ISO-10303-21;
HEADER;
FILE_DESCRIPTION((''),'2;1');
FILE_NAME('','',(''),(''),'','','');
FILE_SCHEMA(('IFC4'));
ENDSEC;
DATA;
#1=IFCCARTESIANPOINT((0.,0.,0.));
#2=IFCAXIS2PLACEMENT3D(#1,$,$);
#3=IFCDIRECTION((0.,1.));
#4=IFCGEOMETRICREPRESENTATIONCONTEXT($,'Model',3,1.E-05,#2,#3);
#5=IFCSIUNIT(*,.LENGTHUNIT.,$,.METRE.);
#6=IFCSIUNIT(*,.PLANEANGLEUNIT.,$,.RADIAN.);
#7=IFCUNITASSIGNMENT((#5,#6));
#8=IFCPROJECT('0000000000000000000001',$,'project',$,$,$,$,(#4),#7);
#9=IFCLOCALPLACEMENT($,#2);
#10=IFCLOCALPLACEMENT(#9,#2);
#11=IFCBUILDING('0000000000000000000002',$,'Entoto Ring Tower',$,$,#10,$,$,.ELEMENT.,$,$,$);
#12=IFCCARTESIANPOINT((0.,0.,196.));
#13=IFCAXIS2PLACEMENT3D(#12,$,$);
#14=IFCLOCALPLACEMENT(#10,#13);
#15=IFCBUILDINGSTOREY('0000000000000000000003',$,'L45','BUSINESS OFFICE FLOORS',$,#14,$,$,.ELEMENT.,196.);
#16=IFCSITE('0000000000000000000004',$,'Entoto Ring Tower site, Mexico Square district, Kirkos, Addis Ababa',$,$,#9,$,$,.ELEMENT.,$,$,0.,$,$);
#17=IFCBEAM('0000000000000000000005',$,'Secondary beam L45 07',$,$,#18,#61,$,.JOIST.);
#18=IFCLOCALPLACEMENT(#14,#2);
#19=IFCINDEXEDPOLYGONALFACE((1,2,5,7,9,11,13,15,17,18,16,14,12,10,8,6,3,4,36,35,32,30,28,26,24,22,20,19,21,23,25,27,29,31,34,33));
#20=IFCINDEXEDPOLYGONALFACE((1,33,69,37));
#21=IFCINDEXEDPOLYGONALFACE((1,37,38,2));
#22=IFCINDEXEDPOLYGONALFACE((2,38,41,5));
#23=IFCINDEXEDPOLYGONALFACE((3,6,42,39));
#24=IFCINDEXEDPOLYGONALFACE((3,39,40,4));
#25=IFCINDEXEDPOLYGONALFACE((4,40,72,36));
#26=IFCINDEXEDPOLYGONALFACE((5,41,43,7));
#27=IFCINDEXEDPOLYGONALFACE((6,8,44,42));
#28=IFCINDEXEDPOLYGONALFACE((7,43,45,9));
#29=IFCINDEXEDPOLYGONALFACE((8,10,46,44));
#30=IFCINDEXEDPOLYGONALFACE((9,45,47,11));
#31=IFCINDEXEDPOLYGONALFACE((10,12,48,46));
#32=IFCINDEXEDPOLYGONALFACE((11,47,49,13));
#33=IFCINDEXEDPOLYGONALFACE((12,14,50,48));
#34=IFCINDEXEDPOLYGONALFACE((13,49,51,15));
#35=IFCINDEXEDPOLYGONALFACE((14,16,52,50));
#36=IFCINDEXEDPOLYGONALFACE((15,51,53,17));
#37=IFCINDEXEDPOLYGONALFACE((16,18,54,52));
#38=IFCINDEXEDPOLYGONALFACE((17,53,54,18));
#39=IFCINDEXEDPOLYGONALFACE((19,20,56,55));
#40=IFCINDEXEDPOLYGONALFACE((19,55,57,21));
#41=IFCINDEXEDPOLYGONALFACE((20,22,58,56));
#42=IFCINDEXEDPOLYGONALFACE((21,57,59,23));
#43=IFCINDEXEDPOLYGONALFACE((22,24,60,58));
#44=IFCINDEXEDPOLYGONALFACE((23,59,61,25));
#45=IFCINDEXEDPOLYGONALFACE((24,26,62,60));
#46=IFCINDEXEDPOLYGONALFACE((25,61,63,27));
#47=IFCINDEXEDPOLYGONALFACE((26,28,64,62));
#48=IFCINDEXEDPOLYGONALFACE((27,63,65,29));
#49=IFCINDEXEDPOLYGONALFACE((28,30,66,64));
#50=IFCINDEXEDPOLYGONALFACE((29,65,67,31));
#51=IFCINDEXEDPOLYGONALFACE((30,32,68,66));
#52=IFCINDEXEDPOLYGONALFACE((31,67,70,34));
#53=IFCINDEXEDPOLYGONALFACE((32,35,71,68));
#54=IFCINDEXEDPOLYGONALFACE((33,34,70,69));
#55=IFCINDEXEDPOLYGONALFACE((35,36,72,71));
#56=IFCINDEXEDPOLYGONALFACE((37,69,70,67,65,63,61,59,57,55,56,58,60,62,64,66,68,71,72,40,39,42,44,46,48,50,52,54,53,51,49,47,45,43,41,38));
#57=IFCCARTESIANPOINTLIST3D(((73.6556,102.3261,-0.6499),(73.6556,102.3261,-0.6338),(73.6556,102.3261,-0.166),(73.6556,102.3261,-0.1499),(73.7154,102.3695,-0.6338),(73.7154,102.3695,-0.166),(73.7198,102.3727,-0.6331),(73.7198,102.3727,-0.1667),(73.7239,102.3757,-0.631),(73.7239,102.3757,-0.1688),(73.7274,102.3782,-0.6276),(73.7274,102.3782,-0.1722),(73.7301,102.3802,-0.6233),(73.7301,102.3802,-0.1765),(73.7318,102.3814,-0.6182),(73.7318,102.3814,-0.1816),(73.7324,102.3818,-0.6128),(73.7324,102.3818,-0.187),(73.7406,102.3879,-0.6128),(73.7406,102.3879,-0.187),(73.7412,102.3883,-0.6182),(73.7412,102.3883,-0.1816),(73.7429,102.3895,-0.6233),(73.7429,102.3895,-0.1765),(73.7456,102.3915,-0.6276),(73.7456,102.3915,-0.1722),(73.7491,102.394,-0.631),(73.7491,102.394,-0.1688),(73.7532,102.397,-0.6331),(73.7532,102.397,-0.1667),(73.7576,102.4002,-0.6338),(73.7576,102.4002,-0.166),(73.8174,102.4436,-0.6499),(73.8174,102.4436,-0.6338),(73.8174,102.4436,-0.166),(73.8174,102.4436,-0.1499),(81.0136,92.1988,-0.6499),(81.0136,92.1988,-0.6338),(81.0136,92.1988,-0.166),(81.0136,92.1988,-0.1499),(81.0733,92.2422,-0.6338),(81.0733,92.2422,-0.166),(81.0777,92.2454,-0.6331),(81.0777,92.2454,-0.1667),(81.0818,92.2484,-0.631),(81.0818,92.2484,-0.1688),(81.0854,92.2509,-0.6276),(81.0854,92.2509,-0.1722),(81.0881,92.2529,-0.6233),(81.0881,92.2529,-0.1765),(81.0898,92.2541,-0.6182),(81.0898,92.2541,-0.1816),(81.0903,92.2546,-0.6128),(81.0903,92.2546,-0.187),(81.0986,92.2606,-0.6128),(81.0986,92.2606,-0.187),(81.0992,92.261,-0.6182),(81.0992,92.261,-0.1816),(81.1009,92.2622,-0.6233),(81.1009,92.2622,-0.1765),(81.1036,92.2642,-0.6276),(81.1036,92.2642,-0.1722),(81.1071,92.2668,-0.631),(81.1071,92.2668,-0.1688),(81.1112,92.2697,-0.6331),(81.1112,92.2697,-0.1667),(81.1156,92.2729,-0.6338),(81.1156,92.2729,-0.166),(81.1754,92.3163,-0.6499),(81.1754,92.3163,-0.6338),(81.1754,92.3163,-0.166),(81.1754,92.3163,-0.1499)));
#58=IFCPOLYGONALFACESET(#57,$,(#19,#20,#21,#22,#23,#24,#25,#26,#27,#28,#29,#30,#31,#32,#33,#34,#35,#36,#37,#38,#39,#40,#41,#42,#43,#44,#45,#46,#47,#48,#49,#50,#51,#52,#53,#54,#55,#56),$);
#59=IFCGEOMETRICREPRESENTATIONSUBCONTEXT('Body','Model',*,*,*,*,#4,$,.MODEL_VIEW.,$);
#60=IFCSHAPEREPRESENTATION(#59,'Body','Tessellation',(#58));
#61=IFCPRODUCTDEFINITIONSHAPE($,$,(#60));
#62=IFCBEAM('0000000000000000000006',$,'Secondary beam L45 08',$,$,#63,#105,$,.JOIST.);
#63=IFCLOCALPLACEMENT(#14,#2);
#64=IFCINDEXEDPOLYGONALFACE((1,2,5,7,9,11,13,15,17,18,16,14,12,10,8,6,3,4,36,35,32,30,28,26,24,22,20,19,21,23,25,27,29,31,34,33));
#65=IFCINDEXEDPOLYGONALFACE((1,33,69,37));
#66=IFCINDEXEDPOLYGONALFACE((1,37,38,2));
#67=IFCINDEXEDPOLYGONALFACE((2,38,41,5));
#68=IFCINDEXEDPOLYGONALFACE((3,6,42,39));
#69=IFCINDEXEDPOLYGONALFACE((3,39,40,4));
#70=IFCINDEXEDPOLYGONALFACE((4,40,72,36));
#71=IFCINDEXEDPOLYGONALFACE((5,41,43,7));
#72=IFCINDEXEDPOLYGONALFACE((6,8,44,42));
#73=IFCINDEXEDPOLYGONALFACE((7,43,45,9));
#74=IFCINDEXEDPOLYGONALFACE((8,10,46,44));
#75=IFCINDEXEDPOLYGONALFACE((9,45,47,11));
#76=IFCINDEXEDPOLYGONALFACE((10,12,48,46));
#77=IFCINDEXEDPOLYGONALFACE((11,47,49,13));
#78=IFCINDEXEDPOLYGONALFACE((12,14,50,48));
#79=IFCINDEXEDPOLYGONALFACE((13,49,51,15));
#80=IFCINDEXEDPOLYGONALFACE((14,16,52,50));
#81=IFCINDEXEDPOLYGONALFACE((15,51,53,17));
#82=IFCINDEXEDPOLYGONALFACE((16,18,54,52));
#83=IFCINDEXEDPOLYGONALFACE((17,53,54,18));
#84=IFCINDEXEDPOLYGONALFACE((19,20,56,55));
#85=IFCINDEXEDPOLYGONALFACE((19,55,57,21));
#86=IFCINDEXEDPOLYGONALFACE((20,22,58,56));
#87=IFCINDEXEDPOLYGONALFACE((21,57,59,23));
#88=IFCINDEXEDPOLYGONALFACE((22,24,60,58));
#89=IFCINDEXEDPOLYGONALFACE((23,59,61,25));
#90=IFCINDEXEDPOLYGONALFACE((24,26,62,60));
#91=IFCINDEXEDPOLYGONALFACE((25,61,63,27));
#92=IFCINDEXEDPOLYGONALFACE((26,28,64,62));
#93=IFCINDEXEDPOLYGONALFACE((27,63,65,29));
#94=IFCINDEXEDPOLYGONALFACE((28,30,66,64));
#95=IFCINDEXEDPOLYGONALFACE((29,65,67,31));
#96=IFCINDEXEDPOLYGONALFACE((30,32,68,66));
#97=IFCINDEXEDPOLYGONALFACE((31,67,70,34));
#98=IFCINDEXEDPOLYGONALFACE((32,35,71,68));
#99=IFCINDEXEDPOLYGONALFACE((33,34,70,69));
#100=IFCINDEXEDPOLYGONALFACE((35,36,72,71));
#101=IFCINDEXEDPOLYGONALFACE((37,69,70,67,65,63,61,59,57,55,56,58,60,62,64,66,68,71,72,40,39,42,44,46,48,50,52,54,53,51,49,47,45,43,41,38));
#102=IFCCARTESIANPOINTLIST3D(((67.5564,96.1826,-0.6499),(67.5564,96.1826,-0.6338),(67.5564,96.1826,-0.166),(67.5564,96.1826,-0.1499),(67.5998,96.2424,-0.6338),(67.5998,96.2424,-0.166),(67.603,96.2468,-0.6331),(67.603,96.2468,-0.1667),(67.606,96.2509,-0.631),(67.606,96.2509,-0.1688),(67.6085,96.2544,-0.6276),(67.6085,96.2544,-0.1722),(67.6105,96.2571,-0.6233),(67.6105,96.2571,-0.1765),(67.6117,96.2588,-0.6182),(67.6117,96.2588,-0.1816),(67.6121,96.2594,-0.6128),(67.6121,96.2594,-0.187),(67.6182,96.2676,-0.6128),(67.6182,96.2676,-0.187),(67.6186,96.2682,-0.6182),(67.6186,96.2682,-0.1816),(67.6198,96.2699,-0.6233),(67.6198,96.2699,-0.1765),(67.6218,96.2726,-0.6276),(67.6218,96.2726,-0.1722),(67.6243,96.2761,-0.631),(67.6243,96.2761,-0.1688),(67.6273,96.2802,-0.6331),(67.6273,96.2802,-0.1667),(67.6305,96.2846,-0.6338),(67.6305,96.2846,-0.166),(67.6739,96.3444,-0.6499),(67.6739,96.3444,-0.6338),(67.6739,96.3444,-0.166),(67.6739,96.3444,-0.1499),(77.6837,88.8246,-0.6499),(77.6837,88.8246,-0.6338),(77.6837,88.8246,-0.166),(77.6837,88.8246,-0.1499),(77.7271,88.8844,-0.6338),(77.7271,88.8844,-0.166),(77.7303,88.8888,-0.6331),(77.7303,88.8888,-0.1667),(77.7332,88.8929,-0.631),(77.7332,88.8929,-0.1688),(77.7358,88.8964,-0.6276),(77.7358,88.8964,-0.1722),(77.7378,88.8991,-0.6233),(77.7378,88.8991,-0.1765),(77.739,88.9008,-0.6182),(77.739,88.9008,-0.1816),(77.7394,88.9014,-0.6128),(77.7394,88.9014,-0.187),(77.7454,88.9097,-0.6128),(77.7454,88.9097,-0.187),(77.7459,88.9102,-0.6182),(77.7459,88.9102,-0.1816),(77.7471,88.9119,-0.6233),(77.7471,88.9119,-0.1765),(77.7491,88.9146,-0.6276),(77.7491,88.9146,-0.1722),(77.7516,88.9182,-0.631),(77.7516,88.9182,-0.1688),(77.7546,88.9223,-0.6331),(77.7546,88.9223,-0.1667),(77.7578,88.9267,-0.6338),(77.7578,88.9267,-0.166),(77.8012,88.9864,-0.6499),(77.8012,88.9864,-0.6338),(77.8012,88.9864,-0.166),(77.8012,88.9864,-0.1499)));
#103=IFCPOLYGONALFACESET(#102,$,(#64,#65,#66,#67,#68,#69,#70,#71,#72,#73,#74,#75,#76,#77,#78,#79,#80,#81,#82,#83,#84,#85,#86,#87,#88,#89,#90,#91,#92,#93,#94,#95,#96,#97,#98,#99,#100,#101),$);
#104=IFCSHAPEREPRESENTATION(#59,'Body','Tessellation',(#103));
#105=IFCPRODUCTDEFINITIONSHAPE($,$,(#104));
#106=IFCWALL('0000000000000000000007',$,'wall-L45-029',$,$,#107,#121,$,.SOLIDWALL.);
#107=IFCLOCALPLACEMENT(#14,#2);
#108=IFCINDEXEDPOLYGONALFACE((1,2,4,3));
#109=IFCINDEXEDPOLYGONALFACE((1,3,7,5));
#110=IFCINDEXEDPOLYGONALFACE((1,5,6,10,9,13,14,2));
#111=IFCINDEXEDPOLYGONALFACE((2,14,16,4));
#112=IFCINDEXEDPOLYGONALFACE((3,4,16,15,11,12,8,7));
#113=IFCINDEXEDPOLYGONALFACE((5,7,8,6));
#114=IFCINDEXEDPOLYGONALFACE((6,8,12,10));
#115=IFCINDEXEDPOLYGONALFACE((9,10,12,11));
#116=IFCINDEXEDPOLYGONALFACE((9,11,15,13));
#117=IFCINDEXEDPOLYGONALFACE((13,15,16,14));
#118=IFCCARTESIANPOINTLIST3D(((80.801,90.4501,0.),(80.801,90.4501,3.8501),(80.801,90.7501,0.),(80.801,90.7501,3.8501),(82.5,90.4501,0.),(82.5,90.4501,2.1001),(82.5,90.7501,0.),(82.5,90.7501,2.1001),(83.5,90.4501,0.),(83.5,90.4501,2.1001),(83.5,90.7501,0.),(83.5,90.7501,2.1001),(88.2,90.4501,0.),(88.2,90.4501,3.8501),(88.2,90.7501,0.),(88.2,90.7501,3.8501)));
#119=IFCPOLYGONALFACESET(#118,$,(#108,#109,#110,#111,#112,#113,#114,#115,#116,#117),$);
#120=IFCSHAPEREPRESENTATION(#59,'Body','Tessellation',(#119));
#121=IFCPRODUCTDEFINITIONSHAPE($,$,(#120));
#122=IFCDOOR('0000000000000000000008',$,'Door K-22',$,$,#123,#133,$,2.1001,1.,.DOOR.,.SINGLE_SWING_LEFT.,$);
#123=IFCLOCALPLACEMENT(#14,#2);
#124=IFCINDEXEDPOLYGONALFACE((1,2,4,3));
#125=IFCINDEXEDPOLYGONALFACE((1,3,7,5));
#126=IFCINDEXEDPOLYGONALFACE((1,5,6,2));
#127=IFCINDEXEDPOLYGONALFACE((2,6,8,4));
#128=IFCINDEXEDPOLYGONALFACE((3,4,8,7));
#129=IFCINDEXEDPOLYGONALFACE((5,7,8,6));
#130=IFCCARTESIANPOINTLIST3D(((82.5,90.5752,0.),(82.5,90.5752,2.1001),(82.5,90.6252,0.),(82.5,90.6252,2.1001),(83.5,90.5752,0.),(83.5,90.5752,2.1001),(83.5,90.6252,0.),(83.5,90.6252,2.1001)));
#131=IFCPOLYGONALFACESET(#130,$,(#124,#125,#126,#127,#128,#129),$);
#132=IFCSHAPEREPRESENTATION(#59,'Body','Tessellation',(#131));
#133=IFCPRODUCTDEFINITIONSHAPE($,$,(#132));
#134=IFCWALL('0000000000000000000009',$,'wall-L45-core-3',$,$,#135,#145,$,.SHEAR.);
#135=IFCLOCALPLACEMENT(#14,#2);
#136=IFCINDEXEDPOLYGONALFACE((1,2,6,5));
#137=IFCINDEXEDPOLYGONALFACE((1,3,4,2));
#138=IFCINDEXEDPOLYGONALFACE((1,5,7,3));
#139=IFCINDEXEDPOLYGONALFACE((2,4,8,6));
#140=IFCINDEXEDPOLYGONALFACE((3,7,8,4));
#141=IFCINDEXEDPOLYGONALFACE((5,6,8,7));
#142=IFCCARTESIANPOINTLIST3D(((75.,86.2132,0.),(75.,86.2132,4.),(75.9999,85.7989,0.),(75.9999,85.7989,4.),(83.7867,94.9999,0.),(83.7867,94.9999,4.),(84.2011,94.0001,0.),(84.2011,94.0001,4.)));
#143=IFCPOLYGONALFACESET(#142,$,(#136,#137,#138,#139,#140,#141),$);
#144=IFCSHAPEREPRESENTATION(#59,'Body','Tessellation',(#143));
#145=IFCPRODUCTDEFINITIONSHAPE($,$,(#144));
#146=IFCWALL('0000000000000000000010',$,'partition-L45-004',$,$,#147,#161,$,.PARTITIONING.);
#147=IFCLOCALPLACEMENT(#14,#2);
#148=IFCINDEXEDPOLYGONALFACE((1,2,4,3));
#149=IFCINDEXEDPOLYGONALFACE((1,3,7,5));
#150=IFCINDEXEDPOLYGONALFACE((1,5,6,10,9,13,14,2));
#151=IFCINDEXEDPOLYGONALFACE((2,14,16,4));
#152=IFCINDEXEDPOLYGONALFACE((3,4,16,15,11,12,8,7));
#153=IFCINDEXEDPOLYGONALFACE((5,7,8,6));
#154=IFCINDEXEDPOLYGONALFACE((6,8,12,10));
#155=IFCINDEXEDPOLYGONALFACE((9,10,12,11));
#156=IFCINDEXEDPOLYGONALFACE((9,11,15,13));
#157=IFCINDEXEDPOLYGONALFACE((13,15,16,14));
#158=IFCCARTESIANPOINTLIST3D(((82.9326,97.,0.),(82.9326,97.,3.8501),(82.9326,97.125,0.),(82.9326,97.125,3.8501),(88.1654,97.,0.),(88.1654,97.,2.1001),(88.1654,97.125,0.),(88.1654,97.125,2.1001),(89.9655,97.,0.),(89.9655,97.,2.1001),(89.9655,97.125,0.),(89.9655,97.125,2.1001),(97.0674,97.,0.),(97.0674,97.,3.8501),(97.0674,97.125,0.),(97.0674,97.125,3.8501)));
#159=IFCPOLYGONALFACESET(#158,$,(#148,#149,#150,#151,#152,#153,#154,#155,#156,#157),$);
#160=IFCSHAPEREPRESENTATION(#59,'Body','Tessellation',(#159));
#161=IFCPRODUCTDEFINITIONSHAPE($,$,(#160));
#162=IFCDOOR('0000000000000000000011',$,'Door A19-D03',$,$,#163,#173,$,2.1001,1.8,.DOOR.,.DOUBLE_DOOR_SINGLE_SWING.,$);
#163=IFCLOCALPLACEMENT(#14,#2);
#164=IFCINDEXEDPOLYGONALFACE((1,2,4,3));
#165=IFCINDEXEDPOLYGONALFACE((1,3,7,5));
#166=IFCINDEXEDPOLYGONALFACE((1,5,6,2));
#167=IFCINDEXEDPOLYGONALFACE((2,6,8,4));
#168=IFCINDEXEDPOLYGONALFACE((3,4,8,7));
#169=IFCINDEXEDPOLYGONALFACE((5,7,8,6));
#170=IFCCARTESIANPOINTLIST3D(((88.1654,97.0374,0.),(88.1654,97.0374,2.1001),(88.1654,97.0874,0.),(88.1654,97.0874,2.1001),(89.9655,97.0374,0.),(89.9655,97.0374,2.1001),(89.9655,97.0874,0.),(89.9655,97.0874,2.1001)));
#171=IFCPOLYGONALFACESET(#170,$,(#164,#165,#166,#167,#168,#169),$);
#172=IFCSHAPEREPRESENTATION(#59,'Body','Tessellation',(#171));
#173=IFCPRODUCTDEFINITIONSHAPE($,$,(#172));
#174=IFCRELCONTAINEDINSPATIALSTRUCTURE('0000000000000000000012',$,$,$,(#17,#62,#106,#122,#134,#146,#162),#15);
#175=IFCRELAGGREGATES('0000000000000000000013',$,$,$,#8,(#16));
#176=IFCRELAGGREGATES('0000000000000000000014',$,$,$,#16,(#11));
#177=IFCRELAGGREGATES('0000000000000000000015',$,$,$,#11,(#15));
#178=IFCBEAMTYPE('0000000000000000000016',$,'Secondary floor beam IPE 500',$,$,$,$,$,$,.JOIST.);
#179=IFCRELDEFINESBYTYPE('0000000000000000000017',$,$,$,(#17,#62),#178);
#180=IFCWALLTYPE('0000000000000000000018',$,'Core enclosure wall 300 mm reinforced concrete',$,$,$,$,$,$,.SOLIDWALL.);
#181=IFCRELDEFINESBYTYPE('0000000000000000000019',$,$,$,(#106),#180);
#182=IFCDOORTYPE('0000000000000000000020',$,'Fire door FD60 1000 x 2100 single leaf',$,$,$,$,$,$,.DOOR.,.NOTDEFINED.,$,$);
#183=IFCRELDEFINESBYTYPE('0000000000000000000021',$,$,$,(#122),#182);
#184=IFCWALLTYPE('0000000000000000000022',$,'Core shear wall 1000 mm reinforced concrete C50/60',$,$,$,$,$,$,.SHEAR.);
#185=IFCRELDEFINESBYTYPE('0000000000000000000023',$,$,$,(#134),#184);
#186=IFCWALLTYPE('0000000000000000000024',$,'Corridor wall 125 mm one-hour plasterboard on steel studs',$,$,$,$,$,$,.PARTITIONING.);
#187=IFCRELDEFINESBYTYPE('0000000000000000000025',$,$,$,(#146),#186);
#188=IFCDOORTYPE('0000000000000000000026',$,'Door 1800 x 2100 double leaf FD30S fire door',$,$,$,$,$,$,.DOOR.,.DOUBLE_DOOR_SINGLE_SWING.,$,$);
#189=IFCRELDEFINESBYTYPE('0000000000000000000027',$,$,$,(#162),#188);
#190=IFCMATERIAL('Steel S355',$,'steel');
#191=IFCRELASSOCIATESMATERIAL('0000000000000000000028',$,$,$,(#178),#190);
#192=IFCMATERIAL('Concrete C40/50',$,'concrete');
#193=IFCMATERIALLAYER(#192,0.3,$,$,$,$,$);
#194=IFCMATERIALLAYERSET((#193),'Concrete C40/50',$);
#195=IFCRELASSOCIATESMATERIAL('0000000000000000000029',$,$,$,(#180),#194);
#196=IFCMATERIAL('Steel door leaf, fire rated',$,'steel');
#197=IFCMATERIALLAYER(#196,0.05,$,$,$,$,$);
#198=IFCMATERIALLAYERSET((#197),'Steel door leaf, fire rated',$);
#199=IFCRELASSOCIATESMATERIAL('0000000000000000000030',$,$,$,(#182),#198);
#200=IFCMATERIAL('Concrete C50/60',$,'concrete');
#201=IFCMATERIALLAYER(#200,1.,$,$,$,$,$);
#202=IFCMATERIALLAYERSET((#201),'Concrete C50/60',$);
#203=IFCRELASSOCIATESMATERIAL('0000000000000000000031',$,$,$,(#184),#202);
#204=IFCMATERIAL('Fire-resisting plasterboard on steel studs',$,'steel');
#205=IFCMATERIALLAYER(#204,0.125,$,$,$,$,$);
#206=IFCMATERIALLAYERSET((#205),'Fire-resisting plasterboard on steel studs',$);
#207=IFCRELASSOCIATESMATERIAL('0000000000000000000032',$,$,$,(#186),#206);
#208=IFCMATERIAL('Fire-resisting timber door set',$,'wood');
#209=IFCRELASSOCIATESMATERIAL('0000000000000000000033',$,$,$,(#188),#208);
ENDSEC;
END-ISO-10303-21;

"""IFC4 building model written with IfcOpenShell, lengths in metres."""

from ifc_helpers import new_model, si_unit, direction, frame, frame_2d, origin, origin_2d, place, context, subcontext, project, spatial, polyline, rectangle, i_section, outline, extrude, material, layer, layer_set, material_profile, profile_set, type_object, element, fill, save


model = new_model("IFC4")

# Units and contexts
model_context = context("Model", 3, precision=1e-05, world=origin(), true_north=direction((0.0, 1.0)))
body_context = subcontext(model_context, "Body", "Model", "MODEL_VIEW")
ifc_project = project(units=[si_unit("LENGTHUNIT", "METRE"), si_unit("PLANEANGLEUNIT", "RADIAN")], contexts=[model_context])

# Site, building, storey
site_placement = place(None, origin())
site = spatial("IfcSite", under=ifc_project, at=site_placement, Name="Entoto Ring Tower site, Mexico Square district, Kirkos, Addis Ababa", CompositionType="ELEMENT", RefElevation=0.0)
building_placement = place(site_placement, origin())
building = spatial("IfcBuilding", under=site, at=building_placement, Name="Entoto Ring Tower", CompositionType="ELEMENT")
storey_placement = place(building_placement, frame((0.0, 0.0, 196.0)))
storey = spatial("IfcBuildingStorey", under=building, at=storey_placement, Name="L45", Description="BUSINESS OFFICE FLOORS", CompositionType="ELEMENT", Elevation=196.0)

# Beams
ifc_material_1 = material(Name="Steel S355", Category="steel")
ifc_material_profile_1 = material_profile(ifc_material_1, i_section(OverallWidth=0.2, OverallDepth=0.5, WebThickness=0.0103, FlangeThickness=0.0161, FilletRadius=0.021, at=origin_2d()), Name="IPE 500")
ifc_profile_set_1 = profile_set([ifc_material_profile_1], Name="Steel S355")
beam_type_1 = type_object("IfcBeamType", Name="Secondary floor beam IPE 500", PredefinedType="JOIST", material=ifc_profile_set_1)
for number, where, z_axis, x_axis, name in (
    (1, (81.0945, 92.2576, -0.3999), (-0.587789, 0.809014, 0.0), (-0.809014, -0.587789, 0.0), "Secondary beam L45 07"),
    (2, (77.7424, 88.9055, -0.3999), (-0.809014, 0.587789, 0.0), (-0.587789, -0.809014, 0.0), "Secondary beam L45 08"),
):
    element("IfcBeam", number, at=place(storey_placement, frame(where, z_axis=z_axis, x_axis=x_axis)), inside=storey, type_object=beam_type_1, Name=name, PredefinedType="JOIST", context=body_context, shape_type="SweptSolid", body=[
        extrude(i_section(OverallWidth=0.2, OverallDepth=0.5, WebThickness=0.0103, FlangeThickness=0.0161, FilletRadius=0.021, at=origin_2d()), origin(), (0.0, 0.0, 1.0), 12.5181),
    ])

# Wall, opening, door
ifc_material_2 = material(Name="Concrete C40/50", Category="concrete")
ifc_layer_1 = layer(ifc_material_2, 0.3)
ifc_layer_set_1 = layer_set([ifc_layer_1], Name="Concrete C40/50")
wall_type_1 = type_object("IfcWallType", Name="Core enclosure wall 300 mm reinforced concrete", PredefinedType="SOLIDWALL", material=ifc_layer_set_1)
wall_1_placement = place(storey_placement, frame((80.801, 90.6001, 0.0), z_axis=(0.0, 0.0, 1.0), x_axis=(1.0, 0.0, 0.0)))
wall_1 = element("IfcWall", 3, at=wall_1_placement, inside=storey, type_object=wall_type_1, Name="wall-L45-029", PredefinedType="SOLIDWALL", context=body_context, shape_type="SweptSolid", body=[
    extrude(rectangle(XDim=7.3989, YDim=0.3, at=frame_2d((3.6995, 0.0))), origin(), (0.0, 0.0, 1.0), 3.8501),
])
opening_1_placement = place(wall_1_placement, frame((1.699, 0.0, 0.0)))
opening_1 = element("IfcOpeningElement", 4, at=opening_1_placement, cuts=wall_1, PredefinedType="OPENING", context=body_context, shape_type="SweptSolid", body=[
    extrude(rectangle(XDim=1.0, YDim=2.1001, at=frame_2d((0.5, 1.05))), frame((0.0, 0.1602, 0.0), z_axis=(0.0, -1.0, 0.0), x_axis=(1.0, 0.0, 0.0)), (0.0, 0.0, 1.0), 0.3201),
])
ifc_material_3 = material(Name="Steel door leaf, fire rated", Category="steel")
ifc_layer_2 = layer(ifc_material_3, 0.05)
ifc_layer_set_2 = layer_set([ifc_layer_2], Name="Steel door leaf, fire rated")
door_type_1 = type_object("IfcDoorType", Name="Fire door FD60 1000 x 2100 single leaf", OperationType="NOTDEFINED", PredefinedType="DOOR", material=ifc_layer_set_2)
door_1_placement = place(opening_1_placement, frame((1.0, 0.0, 0.0), z_axis=(0.0, 0.0, 1.0), x_axis=(-1.0, 0.0, 0.0)))
door_1 = element("IfcDoor", 5, at=door_1_placement, inside=storey, type_object=door_type_1, Name="Door K-22", OperationType="SINGLE_SWING_LEFT", OverallHeight=2.1001, OverallWidth=1.0, PredefinedType="DOOR", context=body_context, shape_type="SweptSolid", body=[
    extrude(rectangle(XDim=1.0, YDim=2.1001, at=frame_2d((0.5, 1.05))), frame((0.0, 0.0249, 0.0), z_axis=(0.0, -1.0, 0.0), x_axis=(1.0, 0.0, 0.0)), (0.0, 0.0, 1.0), 0.05),
])
fill(opening_1, door_1)

# Wall
ifc_material_4 = material(Name="Concrete C50/60", Category="concrete")
ifc_layer_3 = layer(ifc_material_4, 1.0)
ifc_layer_set_3 = layer_set([ifc_layer_3], Name="Concrete C50/60")
wall_type_2 = type_object("IfcWallType", Name="Core shear wall 1000 mm reinforced concrete C50/60", PredefinedType="SHEAR", material=ifc_layer_set_3)
wall_2_placement = place(storey_placement, frame((83.9939, 94.5, 0.0), z_axis=(0.0, 0.0, 1.0), x_axis=(-0.707107, -0.707107, 0.0)))
element("IfcWall", 6, at=wall_2_placement, inside=storey, type_object=wall_type_2, Name="wall-L45-core-3", PredefinedType="SHEAR", context=body_context, shape_type="SweptSolid", body=[
    extrude(outline(polyline([(-0.207, -0.5), (12.2192, -0.5), (11.8052, 0.5), (0.207, 0.5), (-0.207, -0.5)])), origin(), (0.0, 0.0, 1.0), 4.0),
])

# Wall, opening, door
ifc_material_5 = material(Name="Fire-resisting plasterboard on steel studs", Category="steel")
ifc_layer_4 = layer(ifc_material_5, 0.125)
ifc_layer_set_4 = layer_set([ifc_layer_4], Name="Fire-resisting plasterboard on steel studs")
wall_type_3 = type_object("IfcWallType", Name="Corridor wall 125 mm one-hour plasterboard on steel studs", PredefinedType="PARTITIONING", material=ifc_layer_set_4)
wall_3_placement = place(storey_placement, frame((82.9326, 97.0625, 0.0), z_axis=(0.0, 0.0, 1.0), x_axis=(1.0, 0.0, 0.0)))
wall_3 = element("IfcWall", 7, at=wall_3_placement, inside=storey, type_object=wall_type_3, Name="partition-L45-004", PredefinedType="PARTITIONING", context=body_context, shape_type="SweptSolid", body=[
    extrude(rectangle(XDim=14.1348, YDim=0.125, at=frame_2d((7.0674, 0.0))), origin(), (0.0, 0.0, 1.0), 3.8501),
])
opening_2_placement = place(wall_3_placement, frame((5.2329, 0.0, 0.0)))
opening_2 = element("IfcOpeningElement", 8, at=opening_2_placement, cuts=wall_3, PredefinedType="OPENING", context=body_context, shape_type="SweptSolid", body=[
    extrude(rectangle(XDim=1.8, YDim=2.1001, at=frame_2d((0.8999, 1.05))), frame((0.0, 0.0725, 0.0), z_axis=(0.0, -1.0, 0.0), x_axis=(1.0, 0.0, 0.0)), (0.0, 0.0, 1.0), 0.145),
])
ifc_material_6 = material(Name="Fire-resisting timber door set", Category="wood")
door_type_2 = type_object("IfcDoorType", Name="Door 1800 x 2100 double leaf FD30S fire door", OperationType="DOUBLE_DOOR_SINGLE_SWING", PredefinedType="DOOR", material=ifc_material_6)
door_2_placement = place(opening_2_placement, origin())
door_2 = element("IfcDoor", 9, at=door_2_placement, inside=storey, type_object=door_type_2, Name="Door A19-D03", OperationType="DOUBLE_DOOR_SINGLE_SWING", OverallHeight=2.1001, OverallWidth=1.8, PredefinedType="DOOR", context=body_context, shape_type="SweptSolid", body=[
    extrude(rectangle(XDim=1.8, YDim=2.1001, at=frame_2d((0.8999, 1.05))), frame((0.0, 0.0249, 0.0), z_axis=(0.0, -1.0, 0.0), x_axis=(1.0, 0.0, 0.0)), (0.0, 0.0, 1.0), 0.05),
])
fill(opening_2, door_2)

save(model, "model.ifc")
